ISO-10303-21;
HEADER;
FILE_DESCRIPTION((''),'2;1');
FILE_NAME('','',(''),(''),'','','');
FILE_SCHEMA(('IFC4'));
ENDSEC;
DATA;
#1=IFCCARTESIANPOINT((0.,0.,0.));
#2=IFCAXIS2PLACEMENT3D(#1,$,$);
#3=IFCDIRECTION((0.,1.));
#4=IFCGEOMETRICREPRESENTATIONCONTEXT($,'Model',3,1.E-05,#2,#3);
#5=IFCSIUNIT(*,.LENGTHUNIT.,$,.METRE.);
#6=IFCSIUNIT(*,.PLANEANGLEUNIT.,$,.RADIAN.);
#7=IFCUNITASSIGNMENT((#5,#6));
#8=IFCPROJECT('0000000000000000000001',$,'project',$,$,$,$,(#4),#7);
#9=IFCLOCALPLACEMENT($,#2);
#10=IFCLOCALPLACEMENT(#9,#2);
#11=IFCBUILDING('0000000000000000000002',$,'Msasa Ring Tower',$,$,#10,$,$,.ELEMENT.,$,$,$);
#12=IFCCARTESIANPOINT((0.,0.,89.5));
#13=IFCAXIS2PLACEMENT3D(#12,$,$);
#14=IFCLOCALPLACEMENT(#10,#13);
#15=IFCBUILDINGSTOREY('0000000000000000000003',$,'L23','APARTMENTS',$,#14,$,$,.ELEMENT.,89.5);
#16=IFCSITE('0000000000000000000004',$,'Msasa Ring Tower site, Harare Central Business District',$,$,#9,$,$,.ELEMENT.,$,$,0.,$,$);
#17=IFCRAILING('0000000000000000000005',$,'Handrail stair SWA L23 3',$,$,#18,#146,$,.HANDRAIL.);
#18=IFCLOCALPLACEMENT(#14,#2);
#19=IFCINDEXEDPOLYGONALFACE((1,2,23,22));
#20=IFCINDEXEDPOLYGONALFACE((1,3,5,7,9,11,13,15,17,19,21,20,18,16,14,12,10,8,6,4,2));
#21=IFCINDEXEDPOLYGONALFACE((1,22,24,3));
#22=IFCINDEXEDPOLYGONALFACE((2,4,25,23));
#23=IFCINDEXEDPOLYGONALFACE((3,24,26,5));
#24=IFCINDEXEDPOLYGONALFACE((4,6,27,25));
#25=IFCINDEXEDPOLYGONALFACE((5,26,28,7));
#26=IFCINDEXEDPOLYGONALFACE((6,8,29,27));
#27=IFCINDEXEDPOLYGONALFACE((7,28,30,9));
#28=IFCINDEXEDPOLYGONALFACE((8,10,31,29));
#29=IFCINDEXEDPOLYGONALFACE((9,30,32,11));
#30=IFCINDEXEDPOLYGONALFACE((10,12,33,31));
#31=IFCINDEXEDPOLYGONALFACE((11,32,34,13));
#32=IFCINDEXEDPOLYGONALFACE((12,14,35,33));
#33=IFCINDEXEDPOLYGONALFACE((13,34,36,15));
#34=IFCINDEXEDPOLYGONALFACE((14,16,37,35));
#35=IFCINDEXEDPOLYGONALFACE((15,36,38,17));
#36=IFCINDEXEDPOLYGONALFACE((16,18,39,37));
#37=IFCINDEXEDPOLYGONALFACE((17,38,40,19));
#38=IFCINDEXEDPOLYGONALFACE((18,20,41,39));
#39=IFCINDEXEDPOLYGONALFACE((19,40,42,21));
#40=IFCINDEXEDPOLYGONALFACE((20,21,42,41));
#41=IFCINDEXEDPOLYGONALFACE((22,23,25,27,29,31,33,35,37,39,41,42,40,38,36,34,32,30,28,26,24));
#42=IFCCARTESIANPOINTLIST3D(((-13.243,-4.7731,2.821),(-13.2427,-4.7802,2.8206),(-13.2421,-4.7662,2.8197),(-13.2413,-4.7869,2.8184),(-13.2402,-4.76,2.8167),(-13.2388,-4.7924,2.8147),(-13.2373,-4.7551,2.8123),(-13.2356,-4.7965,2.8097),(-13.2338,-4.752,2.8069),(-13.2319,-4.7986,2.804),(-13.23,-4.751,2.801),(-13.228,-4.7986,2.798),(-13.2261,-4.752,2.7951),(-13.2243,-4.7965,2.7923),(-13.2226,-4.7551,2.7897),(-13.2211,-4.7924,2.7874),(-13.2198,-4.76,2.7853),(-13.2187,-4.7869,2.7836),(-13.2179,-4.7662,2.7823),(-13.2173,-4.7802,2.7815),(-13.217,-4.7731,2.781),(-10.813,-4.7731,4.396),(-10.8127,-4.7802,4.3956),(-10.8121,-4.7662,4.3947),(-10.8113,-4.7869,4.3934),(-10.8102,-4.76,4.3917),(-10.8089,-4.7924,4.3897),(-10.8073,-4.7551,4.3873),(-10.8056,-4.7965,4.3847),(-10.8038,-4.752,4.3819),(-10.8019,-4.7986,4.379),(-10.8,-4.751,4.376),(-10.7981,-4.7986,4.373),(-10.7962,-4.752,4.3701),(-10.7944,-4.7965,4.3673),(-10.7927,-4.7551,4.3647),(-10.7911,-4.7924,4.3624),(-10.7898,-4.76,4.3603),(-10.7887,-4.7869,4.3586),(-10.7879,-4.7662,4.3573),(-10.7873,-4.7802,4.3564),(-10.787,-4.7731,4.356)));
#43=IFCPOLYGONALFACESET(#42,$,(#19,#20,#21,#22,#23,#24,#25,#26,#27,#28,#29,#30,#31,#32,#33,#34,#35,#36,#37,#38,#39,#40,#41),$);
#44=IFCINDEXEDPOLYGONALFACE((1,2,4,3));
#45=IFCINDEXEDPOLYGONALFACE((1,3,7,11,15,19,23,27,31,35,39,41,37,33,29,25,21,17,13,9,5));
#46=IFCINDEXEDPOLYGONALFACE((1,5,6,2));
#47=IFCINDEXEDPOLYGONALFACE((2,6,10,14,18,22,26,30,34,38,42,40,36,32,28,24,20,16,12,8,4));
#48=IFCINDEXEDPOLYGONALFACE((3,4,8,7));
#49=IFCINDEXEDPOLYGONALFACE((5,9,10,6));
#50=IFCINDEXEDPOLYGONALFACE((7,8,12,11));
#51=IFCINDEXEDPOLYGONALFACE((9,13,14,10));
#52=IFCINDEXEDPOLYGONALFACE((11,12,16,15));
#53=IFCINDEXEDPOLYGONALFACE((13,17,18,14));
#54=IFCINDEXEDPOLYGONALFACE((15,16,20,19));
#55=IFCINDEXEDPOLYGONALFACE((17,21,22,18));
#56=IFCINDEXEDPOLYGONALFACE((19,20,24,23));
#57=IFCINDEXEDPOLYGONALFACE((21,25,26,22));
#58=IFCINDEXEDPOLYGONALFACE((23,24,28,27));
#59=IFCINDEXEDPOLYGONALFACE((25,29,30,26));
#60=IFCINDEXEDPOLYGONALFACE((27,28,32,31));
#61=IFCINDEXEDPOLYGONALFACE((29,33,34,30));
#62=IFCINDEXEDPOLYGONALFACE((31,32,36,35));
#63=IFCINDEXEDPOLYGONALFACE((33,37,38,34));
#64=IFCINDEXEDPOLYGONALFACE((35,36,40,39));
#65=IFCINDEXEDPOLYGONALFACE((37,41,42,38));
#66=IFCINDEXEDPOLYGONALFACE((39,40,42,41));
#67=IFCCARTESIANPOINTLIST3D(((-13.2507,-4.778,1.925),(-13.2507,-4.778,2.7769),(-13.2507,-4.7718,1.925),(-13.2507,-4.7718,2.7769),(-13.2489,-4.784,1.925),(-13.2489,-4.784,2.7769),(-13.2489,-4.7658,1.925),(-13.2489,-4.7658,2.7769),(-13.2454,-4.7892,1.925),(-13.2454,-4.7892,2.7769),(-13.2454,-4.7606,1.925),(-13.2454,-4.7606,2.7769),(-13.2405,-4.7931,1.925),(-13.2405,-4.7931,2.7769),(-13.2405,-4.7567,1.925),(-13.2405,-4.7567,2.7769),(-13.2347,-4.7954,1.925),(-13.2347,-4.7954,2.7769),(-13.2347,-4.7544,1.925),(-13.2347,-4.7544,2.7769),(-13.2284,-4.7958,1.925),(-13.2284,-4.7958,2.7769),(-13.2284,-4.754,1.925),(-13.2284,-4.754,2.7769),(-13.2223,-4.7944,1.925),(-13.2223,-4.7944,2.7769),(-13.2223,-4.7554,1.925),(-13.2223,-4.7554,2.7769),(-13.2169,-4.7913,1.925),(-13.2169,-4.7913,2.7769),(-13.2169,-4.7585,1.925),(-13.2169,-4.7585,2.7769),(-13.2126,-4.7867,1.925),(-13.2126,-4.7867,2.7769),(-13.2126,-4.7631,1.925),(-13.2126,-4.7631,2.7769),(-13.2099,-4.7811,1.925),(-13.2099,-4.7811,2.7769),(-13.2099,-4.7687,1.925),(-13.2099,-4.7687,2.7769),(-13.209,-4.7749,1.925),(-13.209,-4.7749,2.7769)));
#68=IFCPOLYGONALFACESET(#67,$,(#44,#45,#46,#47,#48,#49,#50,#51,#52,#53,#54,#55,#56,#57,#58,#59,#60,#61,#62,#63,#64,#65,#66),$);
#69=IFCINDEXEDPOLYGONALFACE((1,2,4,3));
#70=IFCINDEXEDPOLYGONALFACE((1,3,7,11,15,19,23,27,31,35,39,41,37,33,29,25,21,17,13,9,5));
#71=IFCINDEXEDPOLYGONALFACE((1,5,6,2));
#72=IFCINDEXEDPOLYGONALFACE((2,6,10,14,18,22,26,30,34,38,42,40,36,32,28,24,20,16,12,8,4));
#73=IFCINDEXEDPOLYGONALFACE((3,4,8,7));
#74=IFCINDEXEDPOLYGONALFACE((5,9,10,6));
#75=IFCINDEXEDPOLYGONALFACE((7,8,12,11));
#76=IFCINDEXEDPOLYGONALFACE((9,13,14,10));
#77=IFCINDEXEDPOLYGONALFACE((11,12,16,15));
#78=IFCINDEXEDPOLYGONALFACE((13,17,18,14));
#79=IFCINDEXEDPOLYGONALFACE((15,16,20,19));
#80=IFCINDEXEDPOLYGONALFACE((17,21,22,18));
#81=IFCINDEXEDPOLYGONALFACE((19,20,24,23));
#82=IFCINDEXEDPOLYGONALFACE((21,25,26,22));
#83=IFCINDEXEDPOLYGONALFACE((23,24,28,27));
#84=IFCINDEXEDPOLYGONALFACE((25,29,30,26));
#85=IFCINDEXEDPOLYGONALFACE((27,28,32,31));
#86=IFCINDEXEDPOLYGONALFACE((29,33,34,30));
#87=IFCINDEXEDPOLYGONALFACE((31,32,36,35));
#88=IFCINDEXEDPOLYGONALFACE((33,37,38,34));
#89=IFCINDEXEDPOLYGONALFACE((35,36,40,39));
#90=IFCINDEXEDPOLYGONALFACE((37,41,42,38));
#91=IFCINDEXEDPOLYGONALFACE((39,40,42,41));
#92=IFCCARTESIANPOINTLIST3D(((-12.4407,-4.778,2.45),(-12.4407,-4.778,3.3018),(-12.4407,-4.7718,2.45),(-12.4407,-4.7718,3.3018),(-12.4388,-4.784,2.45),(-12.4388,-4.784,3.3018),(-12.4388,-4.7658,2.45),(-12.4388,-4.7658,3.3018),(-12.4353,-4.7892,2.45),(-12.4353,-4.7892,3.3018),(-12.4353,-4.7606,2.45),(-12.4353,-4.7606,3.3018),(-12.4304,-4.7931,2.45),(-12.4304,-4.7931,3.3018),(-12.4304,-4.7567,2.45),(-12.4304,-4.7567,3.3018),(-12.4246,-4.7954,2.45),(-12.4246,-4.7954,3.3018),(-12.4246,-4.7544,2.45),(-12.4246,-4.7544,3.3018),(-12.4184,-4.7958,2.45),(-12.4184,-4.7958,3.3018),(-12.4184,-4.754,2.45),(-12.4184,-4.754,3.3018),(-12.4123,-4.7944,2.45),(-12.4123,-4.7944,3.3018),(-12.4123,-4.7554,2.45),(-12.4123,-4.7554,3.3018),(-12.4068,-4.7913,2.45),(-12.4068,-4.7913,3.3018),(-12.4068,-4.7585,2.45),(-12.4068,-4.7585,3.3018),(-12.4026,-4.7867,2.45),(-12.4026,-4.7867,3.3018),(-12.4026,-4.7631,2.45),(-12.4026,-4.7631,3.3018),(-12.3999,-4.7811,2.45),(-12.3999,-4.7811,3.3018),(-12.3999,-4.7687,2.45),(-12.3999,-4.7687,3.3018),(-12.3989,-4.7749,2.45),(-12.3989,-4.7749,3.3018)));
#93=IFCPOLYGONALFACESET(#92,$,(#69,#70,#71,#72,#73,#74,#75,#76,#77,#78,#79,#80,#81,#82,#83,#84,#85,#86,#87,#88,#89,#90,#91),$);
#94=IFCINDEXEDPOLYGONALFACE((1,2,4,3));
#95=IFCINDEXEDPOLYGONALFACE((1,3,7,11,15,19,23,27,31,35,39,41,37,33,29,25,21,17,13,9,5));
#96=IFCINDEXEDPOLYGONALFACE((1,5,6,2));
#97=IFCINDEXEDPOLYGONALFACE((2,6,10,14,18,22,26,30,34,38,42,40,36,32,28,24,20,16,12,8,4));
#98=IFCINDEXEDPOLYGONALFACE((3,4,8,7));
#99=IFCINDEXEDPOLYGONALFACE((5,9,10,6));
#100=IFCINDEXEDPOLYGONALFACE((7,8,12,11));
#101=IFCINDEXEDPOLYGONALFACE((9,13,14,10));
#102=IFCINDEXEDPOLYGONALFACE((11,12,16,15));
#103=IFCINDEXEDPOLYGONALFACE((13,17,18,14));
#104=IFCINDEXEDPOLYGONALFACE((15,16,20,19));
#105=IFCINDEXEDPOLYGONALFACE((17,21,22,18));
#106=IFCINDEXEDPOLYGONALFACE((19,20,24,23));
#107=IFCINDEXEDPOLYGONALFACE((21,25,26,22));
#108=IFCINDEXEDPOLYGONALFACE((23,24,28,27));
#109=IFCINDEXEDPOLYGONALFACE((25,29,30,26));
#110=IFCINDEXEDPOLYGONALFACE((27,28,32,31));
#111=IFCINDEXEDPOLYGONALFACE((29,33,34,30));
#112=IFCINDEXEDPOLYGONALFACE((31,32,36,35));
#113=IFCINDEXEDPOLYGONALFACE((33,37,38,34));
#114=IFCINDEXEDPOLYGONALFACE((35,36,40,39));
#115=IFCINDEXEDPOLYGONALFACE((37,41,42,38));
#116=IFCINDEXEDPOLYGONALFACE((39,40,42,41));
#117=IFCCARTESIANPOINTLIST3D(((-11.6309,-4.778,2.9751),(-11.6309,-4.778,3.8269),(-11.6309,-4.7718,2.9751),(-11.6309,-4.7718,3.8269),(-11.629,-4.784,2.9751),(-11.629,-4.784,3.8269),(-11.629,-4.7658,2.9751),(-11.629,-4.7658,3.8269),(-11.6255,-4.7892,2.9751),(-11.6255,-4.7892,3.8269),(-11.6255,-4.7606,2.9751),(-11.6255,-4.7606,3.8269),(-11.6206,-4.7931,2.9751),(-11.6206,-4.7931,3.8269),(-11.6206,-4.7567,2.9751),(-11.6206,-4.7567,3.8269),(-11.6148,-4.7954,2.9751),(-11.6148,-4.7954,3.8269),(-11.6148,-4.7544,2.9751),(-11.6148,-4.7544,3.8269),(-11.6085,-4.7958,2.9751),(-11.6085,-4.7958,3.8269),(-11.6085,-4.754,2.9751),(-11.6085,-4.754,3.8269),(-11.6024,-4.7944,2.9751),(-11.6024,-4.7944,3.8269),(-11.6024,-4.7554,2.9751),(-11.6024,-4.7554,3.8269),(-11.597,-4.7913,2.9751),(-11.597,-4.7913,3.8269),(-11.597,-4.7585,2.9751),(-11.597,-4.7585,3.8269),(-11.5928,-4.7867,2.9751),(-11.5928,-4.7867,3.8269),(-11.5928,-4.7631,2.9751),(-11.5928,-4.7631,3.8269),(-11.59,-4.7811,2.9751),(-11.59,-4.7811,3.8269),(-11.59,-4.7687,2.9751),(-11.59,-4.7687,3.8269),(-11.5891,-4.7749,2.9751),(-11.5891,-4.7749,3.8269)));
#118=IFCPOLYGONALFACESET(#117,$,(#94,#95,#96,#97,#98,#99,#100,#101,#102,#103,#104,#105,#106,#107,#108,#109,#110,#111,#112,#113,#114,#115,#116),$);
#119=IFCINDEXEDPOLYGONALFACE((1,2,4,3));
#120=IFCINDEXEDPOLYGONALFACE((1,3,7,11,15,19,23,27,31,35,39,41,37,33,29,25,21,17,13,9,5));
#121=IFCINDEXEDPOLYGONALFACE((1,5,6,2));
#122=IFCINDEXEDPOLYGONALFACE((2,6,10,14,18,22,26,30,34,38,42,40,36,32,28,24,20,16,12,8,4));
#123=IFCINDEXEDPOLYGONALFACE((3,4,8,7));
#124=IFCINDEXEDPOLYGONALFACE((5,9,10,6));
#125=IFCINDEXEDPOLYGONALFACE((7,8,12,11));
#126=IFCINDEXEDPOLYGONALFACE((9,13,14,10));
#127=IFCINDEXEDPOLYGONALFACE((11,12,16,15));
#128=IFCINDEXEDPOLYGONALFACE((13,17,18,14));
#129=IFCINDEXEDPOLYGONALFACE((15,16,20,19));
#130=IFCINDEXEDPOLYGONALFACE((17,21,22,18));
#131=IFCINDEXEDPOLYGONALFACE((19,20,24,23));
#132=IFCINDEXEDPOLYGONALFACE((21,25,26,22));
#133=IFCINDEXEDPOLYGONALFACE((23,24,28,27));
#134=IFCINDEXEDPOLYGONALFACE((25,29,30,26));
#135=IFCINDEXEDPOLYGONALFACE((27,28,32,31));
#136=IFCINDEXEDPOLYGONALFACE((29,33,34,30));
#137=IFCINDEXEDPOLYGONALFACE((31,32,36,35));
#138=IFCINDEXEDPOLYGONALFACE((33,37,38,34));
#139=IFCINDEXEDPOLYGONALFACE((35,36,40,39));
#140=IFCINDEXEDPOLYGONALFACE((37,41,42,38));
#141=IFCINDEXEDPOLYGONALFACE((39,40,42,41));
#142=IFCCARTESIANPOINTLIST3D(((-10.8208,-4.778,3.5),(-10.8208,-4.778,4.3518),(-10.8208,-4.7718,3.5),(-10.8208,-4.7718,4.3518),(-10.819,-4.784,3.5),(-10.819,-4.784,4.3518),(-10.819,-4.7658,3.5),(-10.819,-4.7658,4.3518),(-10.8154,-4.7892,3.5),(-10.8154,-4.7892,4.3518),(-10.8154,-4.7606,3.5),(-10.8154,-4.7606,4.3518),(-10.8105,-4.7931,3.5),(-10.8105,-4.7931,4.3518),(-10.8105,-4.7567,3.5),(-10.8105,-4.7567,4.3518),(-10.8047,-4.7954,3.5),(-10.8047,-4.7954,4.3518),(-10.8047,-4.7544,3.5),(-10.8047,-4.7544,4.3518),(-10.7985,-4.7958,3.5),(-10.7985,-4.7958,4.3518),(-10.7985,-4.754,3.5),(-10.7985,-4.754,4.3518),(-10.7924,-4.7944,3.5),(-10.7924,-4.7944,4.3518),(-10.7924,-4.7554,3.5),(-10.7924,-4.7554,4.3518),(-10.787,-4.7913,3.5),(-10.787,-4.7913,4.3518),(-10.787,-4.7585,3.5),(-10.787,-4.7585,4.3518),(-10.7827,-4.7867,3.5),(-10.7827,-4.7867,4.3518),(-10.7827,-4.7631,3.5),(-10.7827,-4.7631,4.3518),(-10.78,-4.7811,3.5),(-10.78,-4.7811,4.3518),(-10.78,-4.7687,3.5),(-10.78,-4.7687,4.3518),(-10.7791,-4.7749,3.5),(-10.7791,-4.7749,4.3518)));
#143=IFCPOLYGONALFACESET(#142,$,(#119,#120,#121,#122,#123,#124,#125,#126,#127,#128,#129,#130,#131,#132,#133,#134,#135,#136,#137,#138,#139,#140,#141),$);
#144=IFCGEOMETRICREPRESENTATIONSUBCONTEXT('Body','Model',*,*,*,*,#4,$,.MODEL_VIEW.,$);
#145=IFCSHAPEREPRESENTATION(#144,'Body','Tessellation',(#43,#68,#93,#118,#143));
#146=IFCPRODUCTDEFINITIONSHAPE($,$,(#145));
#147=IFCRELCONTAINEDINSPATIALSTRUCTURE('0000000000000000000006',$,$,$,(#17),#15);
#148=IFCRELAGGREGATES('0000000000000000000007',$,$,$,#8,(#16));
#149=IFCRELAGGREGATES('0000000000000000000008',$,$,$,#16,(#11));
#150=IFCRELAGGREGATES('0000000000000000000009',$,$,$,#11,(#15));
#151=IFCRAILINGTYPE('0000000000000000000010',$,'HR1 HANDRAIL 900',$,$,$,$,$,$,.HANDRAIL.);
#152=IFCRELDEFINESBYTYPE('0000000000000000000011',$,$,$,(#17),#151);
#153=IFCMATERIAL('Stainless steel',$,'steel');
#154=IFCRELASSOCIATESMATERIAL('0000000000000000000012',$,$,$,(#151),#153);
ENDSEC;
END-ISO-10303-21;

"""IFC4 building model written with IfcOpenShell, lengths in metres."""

from ifc_helpers import new_model, si_unit, direction, frame, origin, origin_2d, place, context, subcontext, project, spatial, circle, extrude, material, type_object, element, save


model = new_model("IFC4")

# Units and contexts
model_context = context("Model", 3, precision=1e-05, world=origin(), true_north=direction((0.0, 1.0)))
body_context = subcontext(model_context, "Body", "Model", "MODEL_VIEW")
ifc_project = project(units=[si_unit("LENGTHUNIT", "METRE"), si_unit("PLANEANGLEUNIT", "RADIAN")], contexts=[model_context])

# Site, building, storey
site_placement = place(None, origin())
site = spatial("IfcSite", under=ifc_project, at=site_placement, Name="Msasa Ring Tower site, Harare Central Business District", CompositionType="ELEMENT", RefElevation=0.0)
building_placement = place(site_placement, origin())
building = spatial("IfcBuilding", under=site, at=building_placement, Name="Msasa Ring Tower", CompositionType="ELEMENT")
storey_placement = place(building_placement, frame((0.0, 0.0, 89.5)))
storey = spatial("IfcBuildingStorey", under=building, at=storey_placement, Name="L23", Description="APARTMENTS", CompositionType="ELEMENT", Elevation=89.5)

# Railing
ifc_material_1 = material(Name="Stainless steel", Category="steel")
railing_type = type_object("IfcRailingType", Name="HR1 HANDRAIL 900", PredefinedType="HANDRAIL", material=ifc_material_1)
for number, where, name in (
    (1, (-13.23, -4.7749, 1.925), "Handrail stair SWA L23 3"),
):
    element("IfcRailing", number, at=place(storey_placement, frame(where)), inside=storey, type_object=railing_type, Name=name, PredefinedType="HANDRAIL", context=body_context, shape_type="SweptSolid", body=[
        extrude(circle(Radius=0.0239, at=origin_2d()), frame((0.0, 0.0, 0.876), z_axis=(0.839154, 0.0, 0.543894), x_axis=(0.0, 1.0, 0.0)), (0.0, 0.0, 1.0), 2.8958),
        extrude(circle(Radius=0.021, at=origin_2d()), origin(), (0.0, 0.0, 1.0), 0.8518),
        extrude(circle(Radius=0.021, at=origin_2d()), frame((0.8101, 0.0, 0.5249)), (0.0, 0.0, 1.0), 0.8518),
        extrude(circle(Radius=0.021, at=origin_2d()), frame((1.6199, 0.0, 1.05)), (0.0, 0.0, 1.0), 0.8518),
        extrude(circle(Radius=0.021, at=origin_2d()), frame((2.4299, 0.0, 1.575)), (0.0, 0.0, 1.0), 0.8518),
    ])

save(model, "model.ifc")
